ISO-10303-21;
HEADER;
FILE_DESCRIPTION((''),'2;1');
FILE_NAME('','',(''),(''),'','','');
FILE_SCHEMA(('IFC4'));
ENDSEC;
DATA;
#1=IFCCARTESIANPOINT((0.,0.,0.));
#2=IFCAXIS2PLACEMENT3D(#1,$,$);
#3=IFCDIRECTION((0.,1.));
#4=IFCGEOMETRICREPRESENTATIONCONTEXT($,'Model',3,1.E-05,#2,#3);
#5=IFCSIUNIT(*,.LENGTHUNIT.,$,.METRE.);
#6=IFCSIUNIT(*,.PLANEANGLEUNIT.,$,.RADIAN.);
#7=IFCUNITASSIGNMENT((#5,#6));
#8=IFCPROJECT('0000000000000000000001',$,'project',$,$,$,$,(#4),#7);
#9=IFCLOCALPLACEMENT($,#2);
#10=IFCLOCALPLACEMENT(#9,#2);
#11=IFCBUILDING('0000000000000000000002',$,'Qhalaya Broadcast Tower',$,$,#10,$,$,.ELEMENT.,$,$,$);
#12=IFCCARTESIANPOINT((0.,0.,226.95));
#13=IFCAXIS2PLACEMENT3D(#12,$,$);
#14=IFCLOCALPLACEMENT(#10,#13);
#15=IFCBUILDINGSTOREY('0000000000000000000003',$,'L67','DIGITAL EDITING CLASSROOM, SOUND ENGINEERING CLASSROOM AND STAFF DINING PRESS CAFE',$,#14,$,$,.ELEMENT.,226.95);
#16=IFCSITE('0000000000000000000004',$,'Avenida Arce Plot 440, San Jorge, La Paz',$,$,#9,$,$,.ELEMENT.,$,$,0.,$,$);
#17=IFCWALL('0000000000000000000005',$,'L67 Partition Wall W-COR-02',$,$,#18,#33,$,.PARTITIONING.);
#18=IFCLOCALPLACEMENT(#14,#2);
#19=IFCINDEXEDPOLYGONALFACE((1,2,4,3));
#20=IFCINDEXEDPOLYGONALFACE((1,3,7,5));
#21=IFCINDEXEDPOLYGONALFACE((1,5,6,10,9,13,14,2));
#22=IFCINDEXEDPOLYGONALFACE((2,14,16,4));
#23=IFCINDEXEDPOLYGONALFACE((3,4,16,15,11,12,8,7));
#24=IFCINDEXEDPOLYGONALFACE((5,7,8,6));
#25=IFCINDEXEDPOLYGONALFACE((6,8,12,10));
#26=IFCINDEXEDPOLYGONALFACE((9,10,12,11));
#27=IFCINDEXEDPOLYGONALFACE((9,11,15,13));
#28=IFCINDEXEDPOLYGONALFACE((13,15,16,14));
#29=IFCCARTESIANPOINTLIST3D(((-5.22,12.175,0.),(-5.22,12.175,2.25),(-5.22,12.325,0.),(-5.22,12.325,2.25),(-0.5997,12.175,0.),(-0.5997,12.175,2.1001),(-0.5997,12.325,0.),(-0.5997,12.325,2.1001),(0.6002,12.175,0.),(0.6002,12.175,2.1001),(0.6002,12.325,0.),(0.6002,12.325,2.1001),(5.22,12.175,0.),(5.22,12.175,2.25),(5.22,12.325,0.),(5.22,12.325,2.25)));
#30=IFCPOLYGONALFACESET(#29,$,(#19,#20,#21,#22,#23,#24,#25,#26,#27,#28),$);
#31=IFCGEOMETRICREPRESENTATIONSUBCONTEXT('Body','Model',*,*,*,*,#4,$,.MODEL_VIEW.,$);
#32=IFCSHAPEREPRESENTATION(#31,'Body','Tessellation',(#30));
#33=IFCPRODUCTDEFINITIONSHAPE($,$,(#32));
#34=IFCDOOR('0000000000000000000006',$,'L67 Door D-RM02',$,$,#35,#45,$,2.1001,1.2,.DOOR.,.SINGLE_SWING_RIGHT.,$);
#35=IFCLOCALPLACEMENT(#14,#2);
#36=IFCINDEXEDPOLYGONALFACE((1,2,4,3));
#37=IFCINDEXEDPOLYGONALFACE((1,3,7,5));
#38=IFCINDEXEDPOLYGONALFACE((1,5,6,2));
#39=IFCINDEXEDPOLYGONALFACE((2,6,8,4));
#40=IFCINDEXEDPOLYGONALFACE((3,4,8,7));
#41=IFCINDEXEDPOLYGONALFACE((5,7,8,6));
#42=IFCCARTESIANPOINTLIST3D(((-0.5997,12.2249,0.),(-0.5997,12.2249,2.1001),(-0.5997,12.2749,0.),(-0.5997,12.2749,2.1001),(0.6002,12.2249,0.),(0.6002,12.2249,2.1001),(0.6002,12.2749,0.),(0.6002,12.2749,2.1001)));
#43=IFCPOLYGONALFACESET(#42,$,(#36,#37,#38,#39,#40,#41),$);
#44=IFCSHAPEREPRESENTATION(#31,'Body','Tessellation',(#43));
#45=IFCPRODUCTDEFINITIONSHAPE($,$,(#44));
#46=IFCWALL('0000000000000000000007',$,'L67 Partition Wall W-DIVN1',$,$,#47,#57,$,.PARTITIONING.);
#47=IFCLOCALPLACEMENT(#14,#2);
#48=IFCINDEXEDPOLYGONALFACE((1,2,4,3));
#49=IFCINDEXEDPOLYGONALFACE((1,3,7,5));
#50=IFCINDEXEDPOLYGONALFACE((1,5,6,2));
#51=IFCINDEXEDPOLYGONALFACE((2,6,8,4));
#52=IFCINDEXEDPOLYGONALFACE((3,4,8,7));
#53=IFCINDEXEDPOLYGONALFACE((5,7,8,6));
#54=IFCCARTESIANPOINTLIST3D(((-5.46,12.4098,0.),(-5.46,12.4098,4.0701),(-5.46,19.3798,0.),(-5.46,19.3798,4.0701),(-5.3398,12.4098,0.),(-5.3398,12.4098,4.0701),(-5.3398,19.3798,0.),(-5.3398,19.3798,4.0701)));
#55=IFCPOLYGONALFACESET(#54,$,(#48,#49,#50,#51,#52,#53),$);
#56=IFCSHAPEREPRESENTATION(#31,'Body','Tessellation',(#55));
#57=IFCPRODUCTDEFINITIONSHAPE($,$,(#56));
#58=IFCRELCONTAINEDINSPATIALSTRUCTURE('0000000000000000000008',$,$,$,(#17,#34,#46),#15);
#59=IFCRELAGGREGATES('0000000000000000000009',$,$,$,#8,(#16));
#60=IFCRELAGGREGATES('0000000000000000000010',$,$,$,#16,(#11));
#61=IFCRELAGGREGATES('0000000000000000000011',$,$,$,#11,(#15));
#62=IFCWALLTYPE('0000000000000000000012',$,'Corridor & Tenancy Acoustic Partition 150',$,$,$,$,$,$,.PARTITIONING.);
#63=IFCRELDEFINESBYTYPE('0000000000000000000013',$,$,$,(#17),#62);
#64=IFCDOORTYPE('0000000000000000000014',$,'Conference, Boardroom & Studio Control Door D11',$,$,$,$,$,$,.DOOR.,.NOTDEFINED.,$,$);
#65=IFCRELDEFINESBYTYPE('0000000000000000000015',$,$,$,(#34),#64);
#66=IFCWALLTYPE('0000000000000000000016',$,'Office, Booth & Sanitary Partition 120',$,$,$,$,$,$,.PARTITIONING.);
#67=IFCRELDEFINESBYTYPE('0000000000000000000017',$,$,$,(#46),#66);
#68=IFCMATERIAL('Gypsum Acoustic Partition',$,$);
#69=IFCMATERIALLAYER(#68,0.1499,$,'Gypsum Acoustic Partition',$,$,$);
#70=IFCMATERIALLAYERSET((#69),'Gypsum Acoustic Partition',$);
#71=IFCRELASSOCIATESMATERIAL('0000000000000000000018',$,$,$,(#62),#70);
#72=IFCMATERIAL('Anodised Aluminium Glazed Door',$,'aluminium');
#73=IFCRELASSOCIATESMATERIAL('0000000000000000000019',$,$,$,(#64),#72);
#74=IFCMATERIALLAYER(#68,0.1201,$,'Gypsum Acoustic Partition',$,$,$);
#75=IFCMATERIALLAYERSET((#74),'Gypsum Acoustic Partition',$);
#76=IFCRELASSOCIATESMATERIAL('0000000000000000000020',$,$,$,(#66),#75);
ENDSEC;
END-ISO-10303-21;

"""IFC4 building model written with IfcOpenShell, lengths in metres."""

from ifc_helpers import new_model, si_unit, direction, frame, frame_2d, origin, place, context, subcontext, project, spatial, rectangle, extrude, material, layer, layer_set, type_object, element, fill, save


model = new_model("IFC4")

# Units and contexts
model_context = context("Model", 3, precision=1e-05, world=origin(), true_north=direction((0.0, 1.0)))
body_context = subcontext(model_context, "Body", "Model", "MODEL_VIEW")
ifc_project = project(units=[si_unit("LENGTHUNIT", "METRE"), si_unit("PLANEANGLEUNIT", "RADIAN")], contexts=[model_context])

# Site, building, storey
site_placement = place(None, origin())
site = spatial("IfcSite", under=ifc_project, at=site_placement, Name="Avenida Arce Plot 440, San Jorge, La Paz", CompositionType="ELEMENT", RefElevation=0.0)
building_placement = place(site_placement, origin())
building = spatial("IfcBuilding", under=site, at=building_placement, Name="Qhalaya Broadcast Tower", CompositionType="ELEMENT")
storey_placement = place(building_placement, frame((0.0, 0.0, 226.95)))
storey = spatial("IfcBuildingStorey", under=building, at=storey_placement, Name="L67", Description="DIGITAL EDITING CLASSROOM, SOUND ENGINEERING CLASSROOM AND STAFF DINING PRESS CAFE", CompositionType="ELEMENT", Elevation=226.95)

# Wall, opening, door
ifc_material_1 = material(Name="Gypsum Acoustic Partition")
ifc_layer_1 = layer(ifc_material_1, 0.1499, Name="Gypsum Acoustic Partition")
ifc_layer_set_1 = layer_set([ifc_layer_1], Name="Gypsum Acoustic Partition")
wall_type_1 = type_object("IfcWallType", Name="Corridor & Tenancy Acoustic Partition 150", PredefinedType="PARTITIONING", material=ifc_layer_set_1)
wall_1_placement = place(storey_placement, frame((-5.22, 12.25, 0.0), z_axis=(0.0, 0.0, 1.0), x_axis=(1.0, 0.0, 0.0)))
wall_1 = element("IfcWall", 1, at=wall_1_placement, inside=storey, type_object=wall_type_1, Name="L67 Partition Wall W-COR-02", PredefinedType="PARTITIONING", context=body_context, shape_type="SweptSolid", body=[
    extrude(rectangle(XDim=10.4399, YDim=0.1499, at=frame_2d((5.22, 0.0))), origin(), (0.0, 0.0, 1.0), 2.25),
])
opening_placement = place(wall_1_placement, frame((4.6201, 0.0, 0.0)))
opening = element("IfcOpeningElement", 2, at=opening_placement, cuts=wall_1, PredefinedType="OPENING", context=body_context, shape_type="SweptSolid", body=[
    extrude(rectangle(XDim=1.2, YDim=2.1001, at=frame_2d((0.6001, 1.05))), frame((0.0, 0.0869, 0.0), z_axis=(0.0, -1.0, 0.0), x_axis=(1.0, 0.0, 0.0)), (0.0, 0.0, 1.0), 0.1738),
])
ifc_material_2 = material(Name="Anodised Aluminium Glazed Door", Category="aluminium")
door_type = type_object("IfcDoorType", Name="Conference, Boardroom & Studio Control Door D11", OperationType="NOTDEFINED", PredefinedType="DOOR", material=ifc_material_2)
door_placement = place(opening_placement, origin())
door = element("IfcDoor", 3, at=door_placement, inside=storey, type_object=door_type, Name="L67 Door D-RM02", OperationType="SINGLE_SWING_RIGHT", OverallHeight=2.1001, OverallWidth=1.2, PredefinedType="DOOR", context=body_context, shape_type="SweptSolid", body=[
    extrude(rectangle(XDim=1.2, YDim=2.1001, at=frame_2d((0.6001, 1.05))), frame((0.0, 0.0249, 0.0), z_axis=(0.0, -1.0, 0.0), x_axis=(1.0, 0.0, 0.0)), (0.0, 0.0, 1.0), 0.05),
])
fill(opening, door)

# Wall
ifc_layer_2 = layer(ifc_material_1, 0.1201, Name="Gypsum Acoustic Partition")
ifc_layer_set_2 = layer_set([ifc_layer_2], Name="Gypsum Acoustic Partition")
wall_type_2 = type_object("IfcWallType", Name="Office, Booth & Sanitary Partition 120", PredefinedType="PARTITIONING", material=ifc_layer_set_2)
wall_2_placement = place(storey_placement, frame((-5.3999, 12.4099, 0.0), z_axis=(0.0, 0.0, 1.0), x_axis=(0.0, 1.0, 0.0)))
element("IfcWall", 4, at=wall_2_placement, inside=storey, type_object=wall_type_2, Name="L67 Partition Wall W-DIVN1", PredefinedType="PARTITIONING", context=body_context, shape_type="SweptSolid", body=[
    extrude(rectangle(XDim=6.97, YDim=0.1201, at=frame_2d((3.4849, 0.0))), origin(), (0.0, 0.0, 1.0), 4.0701),
])

save(model, "model.ifc")
